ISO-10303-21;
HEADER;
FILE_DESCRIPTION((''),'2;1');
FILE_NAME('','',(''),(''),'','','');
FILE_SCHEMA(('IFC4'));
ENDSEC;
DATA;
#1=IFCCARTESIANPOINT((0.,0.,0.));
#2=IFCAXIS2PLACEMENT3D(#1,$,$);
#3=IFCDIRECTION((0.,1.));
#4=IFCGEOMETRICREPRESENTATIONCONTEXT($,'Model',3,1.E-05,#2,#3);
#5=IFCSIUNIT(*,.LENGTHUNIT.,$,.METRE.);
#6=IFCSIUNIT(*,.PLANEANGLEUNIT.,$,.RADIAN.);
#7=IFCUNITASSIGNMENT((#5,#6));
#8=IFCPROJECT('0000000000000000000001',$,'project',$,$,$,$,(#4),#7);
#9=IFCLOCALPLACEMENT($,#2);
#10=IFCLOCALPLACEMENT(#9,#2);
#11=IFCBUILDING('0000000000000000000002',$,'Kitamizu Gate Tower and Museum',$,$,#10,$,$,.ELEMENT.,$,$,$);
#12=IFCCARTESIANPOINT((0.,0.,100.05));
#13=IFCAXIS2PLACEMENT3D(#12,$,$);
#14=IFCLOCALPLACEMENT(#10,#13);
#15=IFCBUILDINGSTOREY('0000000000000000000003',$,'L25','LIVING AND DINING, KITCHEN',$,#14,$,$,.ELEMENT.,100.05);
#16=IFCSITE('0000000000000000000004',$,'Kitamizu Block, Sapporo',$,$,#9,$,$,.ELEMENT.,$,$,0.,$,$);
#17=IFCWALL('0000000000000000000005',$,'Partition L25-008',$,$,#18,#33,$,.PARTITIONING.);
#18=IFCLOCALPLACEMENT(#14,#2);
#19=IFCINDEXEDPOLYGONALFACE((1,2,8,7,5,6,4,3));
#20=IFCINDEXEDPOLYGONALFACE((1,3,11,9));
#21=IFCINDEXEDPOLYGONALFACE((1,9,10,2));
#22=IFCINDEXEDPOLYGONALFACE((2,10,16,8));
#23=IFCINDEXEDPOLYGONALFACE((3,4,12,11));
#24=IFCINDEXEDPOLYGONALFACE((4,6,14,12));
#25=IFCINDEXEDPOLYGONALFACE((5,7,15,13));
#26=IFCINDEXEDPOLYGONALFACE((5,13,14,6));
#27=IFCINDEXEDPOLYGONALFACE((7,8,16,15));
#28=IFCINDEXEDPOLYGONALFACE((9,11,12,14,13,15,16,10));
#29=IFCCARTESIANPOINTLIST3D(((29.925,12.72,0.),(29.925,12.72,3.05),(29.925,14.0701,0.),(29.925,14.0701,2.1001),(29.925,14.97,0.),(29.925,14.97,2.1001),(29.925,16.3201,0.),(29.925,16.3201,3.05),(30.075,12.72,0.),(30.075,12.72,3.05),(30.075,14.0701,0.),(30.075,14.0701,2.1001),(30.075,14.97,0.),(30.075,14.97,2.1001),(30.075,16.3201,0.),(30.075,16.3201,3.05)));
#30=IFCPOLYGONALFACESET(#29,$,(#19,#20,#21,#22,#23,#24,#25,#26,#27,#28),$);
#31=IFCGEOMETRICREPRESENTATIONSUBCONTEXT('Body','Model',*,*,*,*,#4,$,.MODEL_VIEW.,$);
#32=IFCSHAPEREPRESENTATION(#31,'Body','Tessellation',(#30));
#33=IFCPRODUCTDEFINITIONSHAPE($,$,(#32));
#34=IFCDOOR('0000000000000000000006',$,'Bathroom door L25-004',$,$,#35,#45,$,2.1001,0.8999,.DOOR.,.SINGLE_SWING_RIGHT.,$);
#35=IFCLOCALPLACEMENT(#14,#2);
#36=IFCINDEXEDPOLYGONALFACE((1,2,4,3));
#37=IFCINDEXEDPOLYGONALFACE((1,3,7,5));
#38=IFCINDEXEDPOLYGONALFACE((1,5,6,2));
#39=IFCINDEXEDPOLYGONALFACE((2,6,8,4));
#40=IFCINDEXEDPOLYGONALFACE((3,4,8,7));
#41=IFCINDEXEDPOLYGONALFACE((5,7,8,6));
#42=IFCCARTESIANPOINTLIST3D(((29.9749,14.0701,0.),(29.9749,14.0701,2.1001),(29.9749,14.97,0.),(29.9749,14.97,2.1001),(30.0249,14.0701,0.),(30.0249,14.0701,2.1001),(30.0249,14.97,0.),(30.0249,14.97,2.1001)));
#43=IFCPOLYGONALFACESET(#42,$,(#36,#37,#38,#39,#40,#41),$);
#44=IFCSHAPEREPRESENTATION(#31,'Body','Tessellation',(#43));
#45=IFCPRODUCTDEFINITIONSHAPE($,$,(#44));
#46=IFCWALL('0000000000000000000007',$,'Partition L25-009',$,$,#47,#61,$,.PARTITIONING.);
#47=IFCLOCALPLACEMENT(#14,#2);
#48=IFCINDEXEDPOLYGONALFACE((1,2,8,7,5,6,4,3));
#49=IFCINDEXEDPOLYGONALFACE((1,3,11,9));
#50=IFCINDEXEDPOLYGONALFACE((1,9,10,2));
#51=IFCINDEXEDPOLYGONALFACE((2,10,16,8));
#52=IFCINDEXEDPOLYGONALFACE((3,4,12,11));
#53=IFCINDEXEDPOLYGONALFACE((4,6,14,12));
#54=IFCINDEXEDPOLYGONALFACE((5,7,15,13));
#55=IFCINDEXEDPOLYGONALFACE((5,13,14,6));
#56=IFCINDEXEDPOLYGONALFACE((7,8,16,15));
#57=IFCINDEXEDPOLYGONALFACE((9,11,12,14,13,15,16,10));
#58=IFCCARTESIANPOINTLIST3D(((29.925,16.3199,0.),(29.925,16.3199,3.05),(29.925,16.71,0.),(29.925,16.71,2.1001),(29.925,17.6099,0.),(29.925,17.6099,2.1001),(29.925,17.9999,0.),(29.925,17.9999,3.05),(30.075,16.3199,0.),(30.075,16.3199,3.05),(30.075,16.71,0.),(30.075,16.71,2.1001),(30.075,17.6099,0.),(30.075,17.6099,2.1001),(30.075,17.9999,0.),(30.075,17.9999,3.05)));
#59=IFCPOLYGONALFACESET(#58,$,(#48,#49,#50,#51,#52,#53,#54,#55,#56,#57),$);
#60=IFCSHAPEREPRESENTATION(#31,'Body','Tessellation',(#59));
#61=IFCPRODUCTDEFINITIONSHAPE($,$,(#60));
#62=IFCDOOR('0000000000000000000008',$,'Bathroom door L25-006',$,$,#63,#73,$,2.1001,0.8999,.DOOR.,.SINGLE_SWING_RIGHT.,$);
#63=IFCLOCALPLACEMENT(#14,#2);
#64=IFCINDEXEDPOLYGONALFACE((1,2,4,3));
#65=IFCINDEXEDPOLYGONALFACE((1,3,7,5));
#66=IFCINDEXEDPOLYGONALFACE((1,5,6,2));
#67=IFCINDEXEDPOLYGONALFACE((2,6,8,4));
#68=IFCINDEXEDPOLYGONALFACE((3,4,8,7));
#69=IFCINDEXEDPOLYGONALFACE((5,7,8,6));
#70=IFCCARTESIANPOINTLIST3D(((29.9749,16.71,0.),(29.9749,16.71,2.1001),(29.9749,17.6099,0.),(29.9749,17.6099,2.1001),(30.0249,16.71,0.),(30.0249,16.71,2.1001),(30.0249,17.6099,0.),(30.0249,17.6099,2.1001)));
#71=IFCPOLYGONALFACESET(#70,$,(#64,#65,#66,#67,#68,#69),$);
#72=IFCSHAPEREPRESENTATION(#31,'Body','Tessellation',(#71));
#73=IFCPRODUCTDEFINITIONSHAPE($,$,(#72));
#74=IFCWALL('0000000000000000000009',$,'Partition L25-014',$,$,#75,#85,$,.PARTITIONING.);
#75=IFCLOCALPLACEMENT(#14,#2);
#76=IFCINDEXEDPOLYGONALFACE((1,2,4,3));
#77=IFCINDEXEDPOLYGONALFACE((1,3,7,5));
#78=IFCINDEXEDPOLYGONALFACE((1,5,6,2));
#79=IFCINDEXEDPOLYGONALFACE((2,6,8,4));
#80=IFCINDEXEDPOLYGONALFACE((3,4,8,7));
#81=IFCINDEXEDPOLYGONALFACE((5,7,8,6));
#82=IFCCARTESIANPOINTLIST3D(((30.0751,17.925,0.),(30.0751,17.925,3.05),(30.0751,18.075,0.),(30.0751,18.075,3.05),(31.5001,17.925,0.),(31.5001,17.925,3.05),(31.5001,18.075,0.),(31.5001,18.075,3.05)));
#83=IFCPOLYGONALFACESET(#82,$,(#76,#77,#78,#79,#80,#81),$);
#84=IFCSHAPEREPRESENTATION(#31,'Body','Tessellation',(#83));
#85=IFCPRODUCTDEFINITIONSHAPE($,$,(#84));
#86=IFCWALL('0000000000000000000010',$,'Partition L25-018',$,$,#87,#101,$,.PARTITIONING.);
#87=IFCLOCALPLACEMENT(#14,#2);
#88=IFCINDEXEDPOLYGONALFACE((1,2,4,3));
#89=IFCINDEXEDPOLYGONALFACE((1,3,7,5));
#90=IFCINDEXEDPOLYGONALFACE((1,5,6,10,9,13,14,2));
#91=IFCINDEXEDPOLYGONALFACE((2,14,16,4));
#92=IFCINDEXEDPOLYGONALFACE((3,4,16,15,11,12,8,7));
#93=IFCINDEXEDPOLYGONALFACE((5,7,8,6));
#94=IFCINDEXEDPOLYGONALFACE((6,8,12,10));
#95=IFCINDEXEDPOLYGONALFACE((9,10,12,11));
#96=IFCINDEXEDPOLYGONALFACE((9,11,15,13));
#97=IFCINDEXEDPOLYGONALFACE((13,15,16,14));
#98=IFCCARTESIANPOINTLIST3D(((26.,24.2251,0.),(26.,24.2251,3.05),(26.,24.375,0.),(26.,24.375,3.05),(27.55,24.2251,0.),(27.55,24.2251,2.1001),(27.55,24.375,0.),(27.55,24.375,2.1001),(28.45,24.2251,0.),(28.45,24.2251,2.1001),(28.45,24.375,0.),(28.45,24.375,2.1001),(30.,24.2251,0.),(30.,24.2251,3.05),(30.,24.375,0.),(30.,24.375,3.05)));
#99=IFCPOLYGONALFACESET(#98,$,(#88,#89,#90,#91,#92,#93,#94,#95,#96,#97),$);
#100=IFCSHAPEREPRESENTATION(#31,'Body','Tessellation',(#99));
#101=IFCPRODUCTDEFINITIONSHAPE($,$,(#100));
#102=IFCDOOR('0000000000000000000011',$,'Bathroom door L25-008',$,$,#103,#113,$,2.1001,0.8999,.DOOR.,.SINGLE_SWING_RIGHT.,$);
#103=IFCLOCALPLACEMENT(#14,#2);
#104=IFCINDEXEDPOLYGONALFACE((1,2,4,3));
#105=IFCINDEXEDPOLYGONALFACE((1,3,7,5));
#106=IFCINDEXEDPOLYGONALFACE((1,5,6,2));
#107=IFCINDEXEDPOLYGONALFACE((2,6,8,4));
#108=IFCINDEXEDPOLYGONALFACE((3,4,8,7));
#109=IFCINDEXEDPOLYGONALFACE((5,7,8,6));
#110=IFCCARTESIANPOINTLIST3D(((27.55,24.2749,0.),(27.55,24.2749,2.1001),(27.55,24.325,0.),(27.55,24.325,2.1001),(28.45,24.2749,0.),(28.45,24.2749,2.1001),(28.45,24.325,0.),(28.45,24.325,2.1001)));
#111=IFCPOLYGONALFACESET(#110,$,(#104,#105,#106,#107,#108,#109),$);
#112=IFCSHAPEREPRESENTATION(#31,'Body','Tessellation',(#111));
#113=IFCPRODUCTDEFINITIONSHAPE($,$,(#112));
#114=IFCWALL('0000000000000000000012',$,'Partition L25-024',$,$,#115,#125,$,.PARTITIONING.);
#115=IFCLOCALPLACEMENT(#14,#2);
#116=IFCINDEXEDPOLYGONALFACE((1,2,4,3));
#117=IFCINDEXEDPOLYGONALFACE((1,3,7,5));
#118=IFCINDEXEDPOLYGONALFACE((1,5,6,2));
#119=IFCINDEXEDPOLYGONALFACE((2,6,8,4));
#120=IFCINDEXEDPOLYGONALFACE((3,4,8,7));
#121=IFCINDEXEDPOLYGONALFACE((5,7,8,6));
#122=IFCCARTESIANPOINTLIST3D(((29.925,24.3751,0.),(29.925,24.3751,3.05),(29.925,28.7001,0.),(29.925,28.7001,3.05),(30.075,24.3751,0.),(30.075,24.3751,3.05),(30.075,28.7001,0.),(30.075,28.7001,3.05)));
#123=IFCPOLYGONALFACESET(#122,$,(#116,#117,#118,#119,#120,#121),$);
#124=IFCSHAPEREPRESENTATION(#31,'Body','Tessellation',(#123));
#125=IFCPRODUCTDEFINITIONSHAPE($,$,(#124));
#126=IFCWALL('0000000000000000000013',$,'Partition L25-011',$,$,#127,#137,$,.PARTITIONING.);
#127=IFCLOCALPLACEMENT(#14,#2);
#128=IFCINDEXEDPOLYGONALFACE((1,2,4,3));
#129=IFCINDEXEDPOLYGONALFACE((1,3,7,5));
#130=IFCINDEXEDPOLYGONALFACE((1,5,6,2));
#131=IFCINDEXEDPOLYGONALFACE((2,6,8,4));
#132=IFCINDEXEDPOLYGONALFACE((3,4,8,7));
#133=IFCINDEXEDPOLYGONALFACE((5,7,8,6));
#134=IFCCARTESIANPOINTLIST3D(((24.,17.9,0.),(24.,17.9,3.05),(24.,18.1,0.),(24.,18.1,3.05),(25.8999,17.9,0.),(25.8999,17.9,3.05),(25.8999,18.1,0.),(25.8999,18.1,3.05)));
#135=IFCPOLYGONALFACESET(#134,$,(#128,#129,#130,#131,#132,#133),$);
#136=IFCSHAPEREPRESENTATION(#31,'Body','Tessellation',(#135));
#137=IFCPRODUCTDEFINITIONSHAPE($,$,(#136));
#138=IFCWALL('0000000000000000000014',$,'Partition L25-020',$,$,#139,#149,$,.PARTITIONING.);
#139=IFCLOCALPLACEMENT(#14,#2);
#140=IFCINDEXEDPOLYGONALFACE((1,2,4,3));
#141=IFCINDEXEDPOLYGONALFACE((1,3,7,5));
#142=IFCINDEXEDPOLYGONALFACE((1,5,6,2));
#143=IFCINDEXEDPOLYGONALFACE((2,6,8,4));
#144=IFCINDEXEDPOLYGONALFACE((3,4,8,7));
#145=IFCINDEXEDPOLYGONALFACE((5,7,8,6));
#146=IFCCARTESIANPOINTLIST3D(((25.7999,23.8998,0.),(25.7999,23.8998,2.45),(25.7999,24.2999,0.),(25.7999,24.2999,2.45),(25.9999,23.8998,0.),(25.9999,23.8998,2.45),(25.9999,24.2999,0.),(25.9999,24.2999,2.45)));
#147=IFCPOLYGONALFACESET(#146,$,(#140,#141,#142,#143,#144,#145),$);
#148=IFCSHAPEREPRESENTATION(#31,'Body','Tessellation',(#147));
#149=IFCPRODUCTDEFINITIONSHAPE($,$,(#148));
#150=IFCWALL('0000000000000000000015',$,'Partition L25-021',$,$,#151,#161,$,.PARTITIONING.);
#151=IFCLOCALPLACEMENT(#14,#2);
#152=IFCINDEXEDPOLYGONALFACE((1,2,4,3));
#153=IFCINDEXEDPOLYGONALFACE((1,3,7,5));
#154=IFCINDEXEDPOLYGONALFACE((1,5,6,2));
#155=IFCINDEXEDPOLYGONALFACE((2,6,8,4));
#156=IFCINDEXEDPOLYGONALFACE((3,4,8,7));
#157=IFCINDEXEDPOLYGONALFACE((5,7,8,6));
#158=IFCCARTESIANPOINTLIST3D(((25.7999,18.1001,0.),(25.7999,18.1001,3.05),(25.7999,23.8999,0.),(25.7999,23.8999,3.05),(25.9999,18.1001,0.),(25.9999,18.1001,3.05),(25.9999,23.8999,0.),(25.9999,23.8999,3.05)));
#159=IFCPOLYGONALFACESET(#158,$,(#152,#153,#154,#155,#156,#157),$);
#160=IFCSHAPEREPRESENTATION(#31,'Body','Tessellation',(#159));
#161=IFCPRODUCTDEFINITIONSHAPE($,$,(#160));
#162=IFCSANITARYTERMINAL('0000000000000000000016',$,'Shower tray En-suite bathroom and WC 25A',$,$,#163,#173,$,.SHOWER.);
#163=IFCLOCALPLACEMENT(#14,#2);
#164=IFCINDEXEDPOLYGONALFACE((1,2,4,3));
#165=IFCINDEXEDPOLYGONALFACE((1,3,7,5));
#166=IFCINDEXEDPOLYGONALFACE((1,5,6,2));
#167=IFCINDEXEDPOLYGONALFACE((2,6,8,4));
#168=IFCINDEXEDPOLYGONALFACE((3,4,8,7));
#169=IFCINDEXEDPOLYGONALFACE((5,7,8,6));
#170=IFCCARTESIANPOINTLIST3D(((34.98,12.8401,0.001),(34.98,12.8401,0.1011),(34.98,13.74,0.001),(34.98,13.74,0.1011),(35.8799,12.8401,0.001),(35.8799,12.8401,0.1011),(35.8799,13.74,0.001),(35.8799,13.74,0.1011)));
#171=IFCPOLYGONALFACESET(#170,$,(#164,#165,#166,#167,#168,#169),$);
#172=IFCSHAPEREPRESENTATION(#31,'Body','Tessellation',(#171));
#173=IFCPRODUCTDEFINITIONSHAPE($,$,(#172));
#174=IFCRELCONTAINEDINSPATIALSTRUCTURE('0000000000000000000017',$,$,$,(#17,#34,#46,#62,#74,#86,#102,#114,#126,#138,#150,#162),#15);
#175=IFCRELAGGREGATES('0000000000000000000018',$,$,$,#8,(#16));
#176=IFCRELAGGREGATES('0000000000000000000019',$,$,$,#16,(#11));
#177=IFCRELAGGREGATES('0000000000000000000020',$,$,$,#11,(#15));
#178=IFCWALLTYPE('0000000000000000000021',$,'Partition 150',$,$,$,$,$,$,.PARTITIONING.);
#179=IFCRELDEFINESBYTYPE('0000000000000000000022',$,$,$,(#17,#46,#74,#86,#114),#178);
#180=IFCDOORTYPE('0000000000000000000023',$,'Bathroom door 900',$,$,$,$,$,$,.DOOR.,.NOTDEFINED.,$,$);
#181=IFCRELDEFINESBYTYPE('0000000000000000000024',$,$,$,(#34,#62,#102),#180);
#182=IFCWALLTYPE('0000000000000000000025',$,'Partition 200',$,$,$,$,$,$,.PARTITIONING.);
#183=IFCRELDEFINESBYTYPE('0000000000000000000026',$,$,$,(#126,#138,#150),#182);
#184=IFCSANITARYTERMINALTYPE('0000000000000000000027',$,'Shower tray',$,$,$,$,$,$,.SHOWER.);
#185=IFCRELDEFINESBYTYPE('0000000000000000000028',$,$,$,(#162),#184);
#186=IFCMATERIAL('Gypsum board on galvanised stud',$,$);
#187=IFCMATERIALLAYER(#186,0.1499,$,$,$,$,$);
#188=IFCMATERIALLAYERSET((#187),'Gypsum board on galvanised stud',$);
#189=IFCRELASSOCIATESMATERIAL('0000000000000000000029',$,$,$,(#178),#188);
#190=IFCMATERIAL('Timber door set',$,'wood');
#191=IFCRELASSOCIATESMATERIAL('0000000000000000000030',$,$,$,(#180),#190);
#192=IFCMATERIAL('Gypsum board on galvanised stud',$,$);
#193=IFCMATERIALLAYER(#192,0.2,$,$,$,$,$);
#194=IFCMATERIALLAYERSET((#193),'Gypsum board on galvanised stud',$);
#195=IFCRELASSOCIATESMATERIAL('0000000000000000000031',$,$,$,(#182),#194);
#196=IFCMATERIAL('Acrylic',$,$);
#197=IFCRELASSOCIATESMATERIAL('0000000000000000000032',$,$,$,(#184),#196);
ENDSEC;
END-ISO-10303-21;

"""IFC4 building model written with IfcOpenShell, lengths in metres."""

from ifc_helpers import new_model, si_unit, direction, frame, frame_2d, origin, origin_2d, place, context, subcontext, project, spatial, rectangle, extrude, material, layer, layer_set, type_object, element, fill, save


model = new_model("IFC4")

# Units and contexts
model_context = context("Model", 3, precision=1e-05, world=origin(), true_north=direction((0.0, 1.0)))
body_context = subcontext(model_context, "Body", "Model", "MODEL_VIEW")
ifc_project = project(units=[si_unit("LENGTHUNIT", "METRE"), si_unit("PLANEANGLEUNIT", "RADIAN")], contexts=[model_context])

# Site, building, storey
site_placement = place(None, origin())
site = spatial("IfcSite", under=ifc_project, at=site_placement, Name="Kitamizu Block, Sapporo", CompositionType="ELEMENT", RefElevation=0.0)
building_placement = place(site_placement, origin())
building = spatial("IfcBuilding", under=site, at=building_placement, Name="Kitamizu Gate Tower and Museum", CompositionType="ELEMENT")
storey_placement = place(building_placement, frame((0.0, 0.0, 100.05)))
storey = spatial("IfcBuildingStorey", under=building, at=storey_placement, Name="L25", Description="LIVING AND DINING, KITCHEN", CompositionType="ELEMENT", Elevation=100.05)

# Walls, openings, doors
ifc_material_1 = material(Name="Gypsum board on galvanised stud")
ifc_layer_1 = layer(ifc_material_1, 0.1499)
ifc_layer_set_1 = layer_set([ifc_layer_1], Name="Gypsum board on galvanised stud")
wall_type_1 = type_object("IfcWallType", Name="Partition 150", PredefinedType="PARTITIONING", material=ifc_layer_set_1)
wall_1_placement = place(storey_placement, frame((30.0, 12.72, 0.0), z_axis=(0.0, 0.0, 1.0), x_axis=(0.0, 1.0, 0.0)))
wall_1 = element("IfcWall", 1, at=wall_1_placement, inside=storey, type_object=wall_type_1, Name="Partition L25-008", PredefinedType="PARTITIONING", context=body_context, shape_type="SweptSolid", body=[
    extrude(rectangle(XDim=3.6001, YDim=0.1499, at=frame_2d((1.8, 0.0))), origin(), (0.0, 0.0, 1.0), 3.05),
])
opening_1_placement = place(wall_1_placement, frame((1.3501, 0.0, 0.0)))
opening_1 = element("IfcOpeningElement", 2, at=opening_1_placement, cuts=wall_1, PredefinedType="OPENING", context=body_context, shape_type="SweptSolid", body=[
    extrude(rectangle(XDim=0.8999, YDim=2.1001, at=frame_2d((0.45, 1.05))), frame((0.0, 0.085, 0.0), z_axis=(0.0, -1.0, 0.0), x_axis=(1.0, 0.0, 0.0)), (0.0, 0.0, 1.0), 0.1699),
])
ifc_material_2 = material(Name="Timber door set", Category="wood")
door_type_1 = type_object("IfcDoorType", Name="Bathroom door 900", OperationType="NOTDEFINED", PredefinedType="DOOR", material=ifc_material_2)
door_1_placement = place(opening_1_placement, frame((0.8999, 0.0, 0.0), x_axis=(-1.0, 0.0, 0.0)))
door_1 = element("IfcDoor", 3, at=door_1_placement, inside=storey, type_object=door_type_1, Name="Bathroom door L25-004", OperationType="SINGLE_SWING_RIGHT", OverallHeight=2.1001, OverallWidth=0.8999, PredefinedType="DOOR", context=body_context, shape_type="SweptSolid", body=[
    extrude(rectangle(XDim=0.8999, YDim=2.1001, at=frame_2d((0.45, 1.05))), frame((0.0, 0.0249, 0.0), z_axis=(0.0, -1.0, 0.0), x_axis=(1.0, 0.0, 0.0)), (0.0, 0.0, 1.0), 0.05),
])
fill(opening_1, door_1)
wall_2_placement = place(storey_placement, frame((30.0, 16.3201, 0.0), z_axis=(0.0, 0.0, 1.0), x_axis=(0.0, 1.0, 0.0)))
wall_2 = element("IfcWall", 4, at=wall_2_placement, inside=storey, type_object=wall_type_1, Name="Partition L25-009", PredefinedType="PARTITIONING", context=body_context, shape_type="SweptSolid", body=[
    extrude(rectangle(XDim=1.6799, YDim=0.1499, at=frame_2d((0.8398, 0.0))), origin(), (0.0, 0.0, 1.0), 3.05),
])
opening_2_placement = place(wall_2_placement, frame((0.3899, 0.0, 0.0)))
opening_2 = element("IfcOpeningElement", 5, at=opening_2_placement, cuts=wall_2, PredefinedType="OPENING", context=body_context, shape_type="SweptSolid", body=[
    extrude(rectangle(XDim=0.8999, YDim=2.1001, at=frame_2d((0.45, 1.05))), frame((0.0, 0.085, 0.0), z_axis=(0.0, -1.0, 0.0), x_axis=(1.0, 0.0, 0.0)), (0.0, 0.0, 1.0), 0.1699),
])
door_2_placement = place(opening_2_placement, frame((0.8999, 0.0, 0.0), x_axis=(-1.0, 0.0, 0.0)))
door_2 = element("IfcDoor", 6, at=door_2_placement, inside=storey, type_object=door_type_1, Name="Bathroom door L25-006", OperationType="SINGLE_SWING_RIGHT", OverallHeight=2.1001, OverallWidth=0.8999, PredefinedType="DOOR", context=body_context, shape_type="SweptSolid", body=[
    extrude(rectangle(XDim=0.8999, YDim=2.1001, at=frame_2d((0.45, 1.05))), frame((0.0, 0.0249, 0.0), z_axis=(0.0, -1.0, 0.0), x_axis=(1.0, 0.0, 0.0)), (0.0, 0.0, 1.0), 0.05),
])
fill(opening_2, door_2)

# Wall
wall_3_placement = place(storey_placement, frame((31.5, 18.0, 0.0), z_axis=(0.0, 0.0, 1.0), x_axis=(-1.0, 0.0, 0.0)))
element("IfcWall", 7, at=wall_3_placement, inside=storey, type_object=wall_type_1, Name="Partition L25-014", PredefinedType="PARTITIONING", context=body_context, shape_type="SweptSolid", body=[
    extrude(rectangle(XDim=1.425, YDim=0.1499, at=frame_2d((0.7124, 0.0))), origin(), (0.0, 0.0, 1.0), 3.05),
])

# Wall, opening, door
wall_4_placement = place(storey_placement, frame((30.0, 24.3, 0.0), z_axis=(0.0, 0.0, 1.0), x_axis=(-1.0, 0.0, 0.0)))
wall_4 = element("IfcWall", 8, at=wall_4_placement, inside=storey, type_object=wall_type_1, Name="Partition L25-018", PredefinedType="PARTITIONING", context=body_context, shape_type="SweptSolid", body=[
    extrude(rectangle(XDim=4.0, YDim=0.1499, at=frame_2d((2.0, 0.0))), origin(), (0.0, 0.0, 1.0), 3.05),
])
opening_3_placement = place(wall_4_placement, frame((1.55, 0.0, 0.0)))
opening_3 = element("IfcOpeningElement", 9, at=opening_3_placement, cuts=wall_4, PredefinedType="OPENING", context=body_context, shape_type="SweptSolid", body=[
    extrude(rectangle(XDim=0.8999, YDim=2.1001, at=frame_2d((0.45, 1.05))), frame((0.0, 0.085, 0.0), z_axis=(0.0, -1.0, 0.0), x_axis=(1.0, 0.0, 0.0)), (0.0, 0.0, 1.0), 0.1699),
])
door_3_placement = place(opening_3_placement, frame((0.8999, 0.0, 0.0), x_axis=(-1.0, 0.0, 0.0)))
door_3 = element("IfcDoor", 10, at=door_3_placement, inside=storey, type_object=door_type_1, Name="Bathroom door L25-008", OperationType="SINGLE_SWING_RIGHT", OverallHeight=2.1001, OverallWidth=0.8999, PredefinedType="DOOR", context=body_context, shape_type="SweptSolid", body=[
    extrude(rectangle(XDim=0.8999, YDim=2.1001, at=frame_2d((0.45, 1.05))), frame((0.0, 0.0249, 0.0), z_axis=(0.0, -1.0, 0.0), x_axis=(1.0, 0.0, 0.0)), (0.0, 0.0, 1.0), 0.05),
])
fill(opening_3, door_3)

# Walls
wall_5_placement = place(storey_placement, frame((30.0, 24.375, 0.0), z_axis=(0.0, 0.0, 1.0), x_axis=(0.0, 1.0, 0.0)))
element("IfcWall", 11, at=wall_5_placement, inside=storey, type_object=wall_type_1, Name="Partition L25-024", PredefinedType="PARTITIONING", context=body_context, shape_type="SweptSolid", body=[
    extrude(rectangle(XDim=4.325, YDim=0.1499, at=frame_2d((2.1626, 0.0))), origin(), (0.0, 0.0, 1.0), 3.05),
])
ifc_material_3 = material(Name="Gypsum board on galvanised stud")
ifc_layer_2 = layer(ifc_material_3, 0.2)
ifc_layer_set_2 = layer_set([ifc_layer_2], Name="Gypsum board on galvanised stud")
wall_type_2 = type_object("IfcWallType", Name="Partition 200", PredefinedType="PARTITIONING", material=ifc_layer_set_2)
wall_6_placement = place(storey_placement, frame((25.8999, 18.0, 0.0), z_axis=(0.0, 0.0, 1.0), x_axis=(-1.0, 0.0, 0.0)))
element("IfcWall", 12, at=wall_6_placement, inside=storey, type_object=wall_type_2, Name="Partition L25-011", PredefinedType="PARTITIONING", context=body_context, shape_type="SweptSolid", body=[
    extrude(rectangle(XDim=1.8999, YDim=0.2, at=frame_2d((0.95, 0.0))), origin(), (0.0, 0.0, 1.0), 3.05),
])
wall_7_placement = place(storey_placement, frame((25.8999, 24.3, 0.0), z_axis=(0.0, 0.0, 1.0), x_axis=(0.0, -1.0, 0.0)))
element("IfcWall", 13, at=wall_7_placement, inside=storey, type_object=wall_type_2, Name="Partition L25-020", PredefinedType="PARTITIONING", context=body_context, shape_type="SweptSolid", body=[
    extrude(rectangle(XDim=0.4001, YDim=0.2, at=frame_2d((0.2002, 0.0))), origin(), (0.0, 0.0, 1.0), 2.45),
])
wall_8_placement = place(storey_placement, frame((25.8999, 23.8999, 0.0), z_axis=(0.0, 0.0, 1.0), x_axis=(0.0, -1.0, 0.0)))
element("IfcWall", 14, at=wall_8_placement, inside=storey, type_object=wall_type_2, Name="Partition L25-021", PredefinedType="PARTITIONING", context=body_context, shape_type="SweptSolid", body=[
    extrude(rectangle(XDim=5.7998, YDim=0.2, at=frame_2d((2.8999, 0.0))), origin(), (0.0, 0.0, 1.0), 3.05),
])

# Sanitary terminal
ifc_material_4 = material(Name="Acrylic")
sanitary_terminal_type_1 = type_object("IfcSanitaryTerminalType", Name="Shower tray", PredefinedType="SHOWER", material=ifc_material_4)
for number, where, z_axis, x_axis, name in (
    (15, (35.4299, 13.29, 0.001), (0.0, 0.0, 1.0), (1.0, 0.0, 0.0), "Shower tray En-suite bathroom and WC 25A"),
):
    element("IfcSanitaryTerminal", number, at=place(storey_placement, frame(where, z_axis=z_axis, x_axis=x_axis)), inside=storey, type_object=sanitary_terminal_type_1, Name=name, PredefinedType="SHOWER", context=body_context, shape_type="SweptSolid", body=[
        extrude(rectangle(XDim=0.8999, YDim=0.8999, at=origin_2d()), origin(), (0.0, 0.0, 1.0), 0.1001),
    ])

save(model, "model.ifc")
